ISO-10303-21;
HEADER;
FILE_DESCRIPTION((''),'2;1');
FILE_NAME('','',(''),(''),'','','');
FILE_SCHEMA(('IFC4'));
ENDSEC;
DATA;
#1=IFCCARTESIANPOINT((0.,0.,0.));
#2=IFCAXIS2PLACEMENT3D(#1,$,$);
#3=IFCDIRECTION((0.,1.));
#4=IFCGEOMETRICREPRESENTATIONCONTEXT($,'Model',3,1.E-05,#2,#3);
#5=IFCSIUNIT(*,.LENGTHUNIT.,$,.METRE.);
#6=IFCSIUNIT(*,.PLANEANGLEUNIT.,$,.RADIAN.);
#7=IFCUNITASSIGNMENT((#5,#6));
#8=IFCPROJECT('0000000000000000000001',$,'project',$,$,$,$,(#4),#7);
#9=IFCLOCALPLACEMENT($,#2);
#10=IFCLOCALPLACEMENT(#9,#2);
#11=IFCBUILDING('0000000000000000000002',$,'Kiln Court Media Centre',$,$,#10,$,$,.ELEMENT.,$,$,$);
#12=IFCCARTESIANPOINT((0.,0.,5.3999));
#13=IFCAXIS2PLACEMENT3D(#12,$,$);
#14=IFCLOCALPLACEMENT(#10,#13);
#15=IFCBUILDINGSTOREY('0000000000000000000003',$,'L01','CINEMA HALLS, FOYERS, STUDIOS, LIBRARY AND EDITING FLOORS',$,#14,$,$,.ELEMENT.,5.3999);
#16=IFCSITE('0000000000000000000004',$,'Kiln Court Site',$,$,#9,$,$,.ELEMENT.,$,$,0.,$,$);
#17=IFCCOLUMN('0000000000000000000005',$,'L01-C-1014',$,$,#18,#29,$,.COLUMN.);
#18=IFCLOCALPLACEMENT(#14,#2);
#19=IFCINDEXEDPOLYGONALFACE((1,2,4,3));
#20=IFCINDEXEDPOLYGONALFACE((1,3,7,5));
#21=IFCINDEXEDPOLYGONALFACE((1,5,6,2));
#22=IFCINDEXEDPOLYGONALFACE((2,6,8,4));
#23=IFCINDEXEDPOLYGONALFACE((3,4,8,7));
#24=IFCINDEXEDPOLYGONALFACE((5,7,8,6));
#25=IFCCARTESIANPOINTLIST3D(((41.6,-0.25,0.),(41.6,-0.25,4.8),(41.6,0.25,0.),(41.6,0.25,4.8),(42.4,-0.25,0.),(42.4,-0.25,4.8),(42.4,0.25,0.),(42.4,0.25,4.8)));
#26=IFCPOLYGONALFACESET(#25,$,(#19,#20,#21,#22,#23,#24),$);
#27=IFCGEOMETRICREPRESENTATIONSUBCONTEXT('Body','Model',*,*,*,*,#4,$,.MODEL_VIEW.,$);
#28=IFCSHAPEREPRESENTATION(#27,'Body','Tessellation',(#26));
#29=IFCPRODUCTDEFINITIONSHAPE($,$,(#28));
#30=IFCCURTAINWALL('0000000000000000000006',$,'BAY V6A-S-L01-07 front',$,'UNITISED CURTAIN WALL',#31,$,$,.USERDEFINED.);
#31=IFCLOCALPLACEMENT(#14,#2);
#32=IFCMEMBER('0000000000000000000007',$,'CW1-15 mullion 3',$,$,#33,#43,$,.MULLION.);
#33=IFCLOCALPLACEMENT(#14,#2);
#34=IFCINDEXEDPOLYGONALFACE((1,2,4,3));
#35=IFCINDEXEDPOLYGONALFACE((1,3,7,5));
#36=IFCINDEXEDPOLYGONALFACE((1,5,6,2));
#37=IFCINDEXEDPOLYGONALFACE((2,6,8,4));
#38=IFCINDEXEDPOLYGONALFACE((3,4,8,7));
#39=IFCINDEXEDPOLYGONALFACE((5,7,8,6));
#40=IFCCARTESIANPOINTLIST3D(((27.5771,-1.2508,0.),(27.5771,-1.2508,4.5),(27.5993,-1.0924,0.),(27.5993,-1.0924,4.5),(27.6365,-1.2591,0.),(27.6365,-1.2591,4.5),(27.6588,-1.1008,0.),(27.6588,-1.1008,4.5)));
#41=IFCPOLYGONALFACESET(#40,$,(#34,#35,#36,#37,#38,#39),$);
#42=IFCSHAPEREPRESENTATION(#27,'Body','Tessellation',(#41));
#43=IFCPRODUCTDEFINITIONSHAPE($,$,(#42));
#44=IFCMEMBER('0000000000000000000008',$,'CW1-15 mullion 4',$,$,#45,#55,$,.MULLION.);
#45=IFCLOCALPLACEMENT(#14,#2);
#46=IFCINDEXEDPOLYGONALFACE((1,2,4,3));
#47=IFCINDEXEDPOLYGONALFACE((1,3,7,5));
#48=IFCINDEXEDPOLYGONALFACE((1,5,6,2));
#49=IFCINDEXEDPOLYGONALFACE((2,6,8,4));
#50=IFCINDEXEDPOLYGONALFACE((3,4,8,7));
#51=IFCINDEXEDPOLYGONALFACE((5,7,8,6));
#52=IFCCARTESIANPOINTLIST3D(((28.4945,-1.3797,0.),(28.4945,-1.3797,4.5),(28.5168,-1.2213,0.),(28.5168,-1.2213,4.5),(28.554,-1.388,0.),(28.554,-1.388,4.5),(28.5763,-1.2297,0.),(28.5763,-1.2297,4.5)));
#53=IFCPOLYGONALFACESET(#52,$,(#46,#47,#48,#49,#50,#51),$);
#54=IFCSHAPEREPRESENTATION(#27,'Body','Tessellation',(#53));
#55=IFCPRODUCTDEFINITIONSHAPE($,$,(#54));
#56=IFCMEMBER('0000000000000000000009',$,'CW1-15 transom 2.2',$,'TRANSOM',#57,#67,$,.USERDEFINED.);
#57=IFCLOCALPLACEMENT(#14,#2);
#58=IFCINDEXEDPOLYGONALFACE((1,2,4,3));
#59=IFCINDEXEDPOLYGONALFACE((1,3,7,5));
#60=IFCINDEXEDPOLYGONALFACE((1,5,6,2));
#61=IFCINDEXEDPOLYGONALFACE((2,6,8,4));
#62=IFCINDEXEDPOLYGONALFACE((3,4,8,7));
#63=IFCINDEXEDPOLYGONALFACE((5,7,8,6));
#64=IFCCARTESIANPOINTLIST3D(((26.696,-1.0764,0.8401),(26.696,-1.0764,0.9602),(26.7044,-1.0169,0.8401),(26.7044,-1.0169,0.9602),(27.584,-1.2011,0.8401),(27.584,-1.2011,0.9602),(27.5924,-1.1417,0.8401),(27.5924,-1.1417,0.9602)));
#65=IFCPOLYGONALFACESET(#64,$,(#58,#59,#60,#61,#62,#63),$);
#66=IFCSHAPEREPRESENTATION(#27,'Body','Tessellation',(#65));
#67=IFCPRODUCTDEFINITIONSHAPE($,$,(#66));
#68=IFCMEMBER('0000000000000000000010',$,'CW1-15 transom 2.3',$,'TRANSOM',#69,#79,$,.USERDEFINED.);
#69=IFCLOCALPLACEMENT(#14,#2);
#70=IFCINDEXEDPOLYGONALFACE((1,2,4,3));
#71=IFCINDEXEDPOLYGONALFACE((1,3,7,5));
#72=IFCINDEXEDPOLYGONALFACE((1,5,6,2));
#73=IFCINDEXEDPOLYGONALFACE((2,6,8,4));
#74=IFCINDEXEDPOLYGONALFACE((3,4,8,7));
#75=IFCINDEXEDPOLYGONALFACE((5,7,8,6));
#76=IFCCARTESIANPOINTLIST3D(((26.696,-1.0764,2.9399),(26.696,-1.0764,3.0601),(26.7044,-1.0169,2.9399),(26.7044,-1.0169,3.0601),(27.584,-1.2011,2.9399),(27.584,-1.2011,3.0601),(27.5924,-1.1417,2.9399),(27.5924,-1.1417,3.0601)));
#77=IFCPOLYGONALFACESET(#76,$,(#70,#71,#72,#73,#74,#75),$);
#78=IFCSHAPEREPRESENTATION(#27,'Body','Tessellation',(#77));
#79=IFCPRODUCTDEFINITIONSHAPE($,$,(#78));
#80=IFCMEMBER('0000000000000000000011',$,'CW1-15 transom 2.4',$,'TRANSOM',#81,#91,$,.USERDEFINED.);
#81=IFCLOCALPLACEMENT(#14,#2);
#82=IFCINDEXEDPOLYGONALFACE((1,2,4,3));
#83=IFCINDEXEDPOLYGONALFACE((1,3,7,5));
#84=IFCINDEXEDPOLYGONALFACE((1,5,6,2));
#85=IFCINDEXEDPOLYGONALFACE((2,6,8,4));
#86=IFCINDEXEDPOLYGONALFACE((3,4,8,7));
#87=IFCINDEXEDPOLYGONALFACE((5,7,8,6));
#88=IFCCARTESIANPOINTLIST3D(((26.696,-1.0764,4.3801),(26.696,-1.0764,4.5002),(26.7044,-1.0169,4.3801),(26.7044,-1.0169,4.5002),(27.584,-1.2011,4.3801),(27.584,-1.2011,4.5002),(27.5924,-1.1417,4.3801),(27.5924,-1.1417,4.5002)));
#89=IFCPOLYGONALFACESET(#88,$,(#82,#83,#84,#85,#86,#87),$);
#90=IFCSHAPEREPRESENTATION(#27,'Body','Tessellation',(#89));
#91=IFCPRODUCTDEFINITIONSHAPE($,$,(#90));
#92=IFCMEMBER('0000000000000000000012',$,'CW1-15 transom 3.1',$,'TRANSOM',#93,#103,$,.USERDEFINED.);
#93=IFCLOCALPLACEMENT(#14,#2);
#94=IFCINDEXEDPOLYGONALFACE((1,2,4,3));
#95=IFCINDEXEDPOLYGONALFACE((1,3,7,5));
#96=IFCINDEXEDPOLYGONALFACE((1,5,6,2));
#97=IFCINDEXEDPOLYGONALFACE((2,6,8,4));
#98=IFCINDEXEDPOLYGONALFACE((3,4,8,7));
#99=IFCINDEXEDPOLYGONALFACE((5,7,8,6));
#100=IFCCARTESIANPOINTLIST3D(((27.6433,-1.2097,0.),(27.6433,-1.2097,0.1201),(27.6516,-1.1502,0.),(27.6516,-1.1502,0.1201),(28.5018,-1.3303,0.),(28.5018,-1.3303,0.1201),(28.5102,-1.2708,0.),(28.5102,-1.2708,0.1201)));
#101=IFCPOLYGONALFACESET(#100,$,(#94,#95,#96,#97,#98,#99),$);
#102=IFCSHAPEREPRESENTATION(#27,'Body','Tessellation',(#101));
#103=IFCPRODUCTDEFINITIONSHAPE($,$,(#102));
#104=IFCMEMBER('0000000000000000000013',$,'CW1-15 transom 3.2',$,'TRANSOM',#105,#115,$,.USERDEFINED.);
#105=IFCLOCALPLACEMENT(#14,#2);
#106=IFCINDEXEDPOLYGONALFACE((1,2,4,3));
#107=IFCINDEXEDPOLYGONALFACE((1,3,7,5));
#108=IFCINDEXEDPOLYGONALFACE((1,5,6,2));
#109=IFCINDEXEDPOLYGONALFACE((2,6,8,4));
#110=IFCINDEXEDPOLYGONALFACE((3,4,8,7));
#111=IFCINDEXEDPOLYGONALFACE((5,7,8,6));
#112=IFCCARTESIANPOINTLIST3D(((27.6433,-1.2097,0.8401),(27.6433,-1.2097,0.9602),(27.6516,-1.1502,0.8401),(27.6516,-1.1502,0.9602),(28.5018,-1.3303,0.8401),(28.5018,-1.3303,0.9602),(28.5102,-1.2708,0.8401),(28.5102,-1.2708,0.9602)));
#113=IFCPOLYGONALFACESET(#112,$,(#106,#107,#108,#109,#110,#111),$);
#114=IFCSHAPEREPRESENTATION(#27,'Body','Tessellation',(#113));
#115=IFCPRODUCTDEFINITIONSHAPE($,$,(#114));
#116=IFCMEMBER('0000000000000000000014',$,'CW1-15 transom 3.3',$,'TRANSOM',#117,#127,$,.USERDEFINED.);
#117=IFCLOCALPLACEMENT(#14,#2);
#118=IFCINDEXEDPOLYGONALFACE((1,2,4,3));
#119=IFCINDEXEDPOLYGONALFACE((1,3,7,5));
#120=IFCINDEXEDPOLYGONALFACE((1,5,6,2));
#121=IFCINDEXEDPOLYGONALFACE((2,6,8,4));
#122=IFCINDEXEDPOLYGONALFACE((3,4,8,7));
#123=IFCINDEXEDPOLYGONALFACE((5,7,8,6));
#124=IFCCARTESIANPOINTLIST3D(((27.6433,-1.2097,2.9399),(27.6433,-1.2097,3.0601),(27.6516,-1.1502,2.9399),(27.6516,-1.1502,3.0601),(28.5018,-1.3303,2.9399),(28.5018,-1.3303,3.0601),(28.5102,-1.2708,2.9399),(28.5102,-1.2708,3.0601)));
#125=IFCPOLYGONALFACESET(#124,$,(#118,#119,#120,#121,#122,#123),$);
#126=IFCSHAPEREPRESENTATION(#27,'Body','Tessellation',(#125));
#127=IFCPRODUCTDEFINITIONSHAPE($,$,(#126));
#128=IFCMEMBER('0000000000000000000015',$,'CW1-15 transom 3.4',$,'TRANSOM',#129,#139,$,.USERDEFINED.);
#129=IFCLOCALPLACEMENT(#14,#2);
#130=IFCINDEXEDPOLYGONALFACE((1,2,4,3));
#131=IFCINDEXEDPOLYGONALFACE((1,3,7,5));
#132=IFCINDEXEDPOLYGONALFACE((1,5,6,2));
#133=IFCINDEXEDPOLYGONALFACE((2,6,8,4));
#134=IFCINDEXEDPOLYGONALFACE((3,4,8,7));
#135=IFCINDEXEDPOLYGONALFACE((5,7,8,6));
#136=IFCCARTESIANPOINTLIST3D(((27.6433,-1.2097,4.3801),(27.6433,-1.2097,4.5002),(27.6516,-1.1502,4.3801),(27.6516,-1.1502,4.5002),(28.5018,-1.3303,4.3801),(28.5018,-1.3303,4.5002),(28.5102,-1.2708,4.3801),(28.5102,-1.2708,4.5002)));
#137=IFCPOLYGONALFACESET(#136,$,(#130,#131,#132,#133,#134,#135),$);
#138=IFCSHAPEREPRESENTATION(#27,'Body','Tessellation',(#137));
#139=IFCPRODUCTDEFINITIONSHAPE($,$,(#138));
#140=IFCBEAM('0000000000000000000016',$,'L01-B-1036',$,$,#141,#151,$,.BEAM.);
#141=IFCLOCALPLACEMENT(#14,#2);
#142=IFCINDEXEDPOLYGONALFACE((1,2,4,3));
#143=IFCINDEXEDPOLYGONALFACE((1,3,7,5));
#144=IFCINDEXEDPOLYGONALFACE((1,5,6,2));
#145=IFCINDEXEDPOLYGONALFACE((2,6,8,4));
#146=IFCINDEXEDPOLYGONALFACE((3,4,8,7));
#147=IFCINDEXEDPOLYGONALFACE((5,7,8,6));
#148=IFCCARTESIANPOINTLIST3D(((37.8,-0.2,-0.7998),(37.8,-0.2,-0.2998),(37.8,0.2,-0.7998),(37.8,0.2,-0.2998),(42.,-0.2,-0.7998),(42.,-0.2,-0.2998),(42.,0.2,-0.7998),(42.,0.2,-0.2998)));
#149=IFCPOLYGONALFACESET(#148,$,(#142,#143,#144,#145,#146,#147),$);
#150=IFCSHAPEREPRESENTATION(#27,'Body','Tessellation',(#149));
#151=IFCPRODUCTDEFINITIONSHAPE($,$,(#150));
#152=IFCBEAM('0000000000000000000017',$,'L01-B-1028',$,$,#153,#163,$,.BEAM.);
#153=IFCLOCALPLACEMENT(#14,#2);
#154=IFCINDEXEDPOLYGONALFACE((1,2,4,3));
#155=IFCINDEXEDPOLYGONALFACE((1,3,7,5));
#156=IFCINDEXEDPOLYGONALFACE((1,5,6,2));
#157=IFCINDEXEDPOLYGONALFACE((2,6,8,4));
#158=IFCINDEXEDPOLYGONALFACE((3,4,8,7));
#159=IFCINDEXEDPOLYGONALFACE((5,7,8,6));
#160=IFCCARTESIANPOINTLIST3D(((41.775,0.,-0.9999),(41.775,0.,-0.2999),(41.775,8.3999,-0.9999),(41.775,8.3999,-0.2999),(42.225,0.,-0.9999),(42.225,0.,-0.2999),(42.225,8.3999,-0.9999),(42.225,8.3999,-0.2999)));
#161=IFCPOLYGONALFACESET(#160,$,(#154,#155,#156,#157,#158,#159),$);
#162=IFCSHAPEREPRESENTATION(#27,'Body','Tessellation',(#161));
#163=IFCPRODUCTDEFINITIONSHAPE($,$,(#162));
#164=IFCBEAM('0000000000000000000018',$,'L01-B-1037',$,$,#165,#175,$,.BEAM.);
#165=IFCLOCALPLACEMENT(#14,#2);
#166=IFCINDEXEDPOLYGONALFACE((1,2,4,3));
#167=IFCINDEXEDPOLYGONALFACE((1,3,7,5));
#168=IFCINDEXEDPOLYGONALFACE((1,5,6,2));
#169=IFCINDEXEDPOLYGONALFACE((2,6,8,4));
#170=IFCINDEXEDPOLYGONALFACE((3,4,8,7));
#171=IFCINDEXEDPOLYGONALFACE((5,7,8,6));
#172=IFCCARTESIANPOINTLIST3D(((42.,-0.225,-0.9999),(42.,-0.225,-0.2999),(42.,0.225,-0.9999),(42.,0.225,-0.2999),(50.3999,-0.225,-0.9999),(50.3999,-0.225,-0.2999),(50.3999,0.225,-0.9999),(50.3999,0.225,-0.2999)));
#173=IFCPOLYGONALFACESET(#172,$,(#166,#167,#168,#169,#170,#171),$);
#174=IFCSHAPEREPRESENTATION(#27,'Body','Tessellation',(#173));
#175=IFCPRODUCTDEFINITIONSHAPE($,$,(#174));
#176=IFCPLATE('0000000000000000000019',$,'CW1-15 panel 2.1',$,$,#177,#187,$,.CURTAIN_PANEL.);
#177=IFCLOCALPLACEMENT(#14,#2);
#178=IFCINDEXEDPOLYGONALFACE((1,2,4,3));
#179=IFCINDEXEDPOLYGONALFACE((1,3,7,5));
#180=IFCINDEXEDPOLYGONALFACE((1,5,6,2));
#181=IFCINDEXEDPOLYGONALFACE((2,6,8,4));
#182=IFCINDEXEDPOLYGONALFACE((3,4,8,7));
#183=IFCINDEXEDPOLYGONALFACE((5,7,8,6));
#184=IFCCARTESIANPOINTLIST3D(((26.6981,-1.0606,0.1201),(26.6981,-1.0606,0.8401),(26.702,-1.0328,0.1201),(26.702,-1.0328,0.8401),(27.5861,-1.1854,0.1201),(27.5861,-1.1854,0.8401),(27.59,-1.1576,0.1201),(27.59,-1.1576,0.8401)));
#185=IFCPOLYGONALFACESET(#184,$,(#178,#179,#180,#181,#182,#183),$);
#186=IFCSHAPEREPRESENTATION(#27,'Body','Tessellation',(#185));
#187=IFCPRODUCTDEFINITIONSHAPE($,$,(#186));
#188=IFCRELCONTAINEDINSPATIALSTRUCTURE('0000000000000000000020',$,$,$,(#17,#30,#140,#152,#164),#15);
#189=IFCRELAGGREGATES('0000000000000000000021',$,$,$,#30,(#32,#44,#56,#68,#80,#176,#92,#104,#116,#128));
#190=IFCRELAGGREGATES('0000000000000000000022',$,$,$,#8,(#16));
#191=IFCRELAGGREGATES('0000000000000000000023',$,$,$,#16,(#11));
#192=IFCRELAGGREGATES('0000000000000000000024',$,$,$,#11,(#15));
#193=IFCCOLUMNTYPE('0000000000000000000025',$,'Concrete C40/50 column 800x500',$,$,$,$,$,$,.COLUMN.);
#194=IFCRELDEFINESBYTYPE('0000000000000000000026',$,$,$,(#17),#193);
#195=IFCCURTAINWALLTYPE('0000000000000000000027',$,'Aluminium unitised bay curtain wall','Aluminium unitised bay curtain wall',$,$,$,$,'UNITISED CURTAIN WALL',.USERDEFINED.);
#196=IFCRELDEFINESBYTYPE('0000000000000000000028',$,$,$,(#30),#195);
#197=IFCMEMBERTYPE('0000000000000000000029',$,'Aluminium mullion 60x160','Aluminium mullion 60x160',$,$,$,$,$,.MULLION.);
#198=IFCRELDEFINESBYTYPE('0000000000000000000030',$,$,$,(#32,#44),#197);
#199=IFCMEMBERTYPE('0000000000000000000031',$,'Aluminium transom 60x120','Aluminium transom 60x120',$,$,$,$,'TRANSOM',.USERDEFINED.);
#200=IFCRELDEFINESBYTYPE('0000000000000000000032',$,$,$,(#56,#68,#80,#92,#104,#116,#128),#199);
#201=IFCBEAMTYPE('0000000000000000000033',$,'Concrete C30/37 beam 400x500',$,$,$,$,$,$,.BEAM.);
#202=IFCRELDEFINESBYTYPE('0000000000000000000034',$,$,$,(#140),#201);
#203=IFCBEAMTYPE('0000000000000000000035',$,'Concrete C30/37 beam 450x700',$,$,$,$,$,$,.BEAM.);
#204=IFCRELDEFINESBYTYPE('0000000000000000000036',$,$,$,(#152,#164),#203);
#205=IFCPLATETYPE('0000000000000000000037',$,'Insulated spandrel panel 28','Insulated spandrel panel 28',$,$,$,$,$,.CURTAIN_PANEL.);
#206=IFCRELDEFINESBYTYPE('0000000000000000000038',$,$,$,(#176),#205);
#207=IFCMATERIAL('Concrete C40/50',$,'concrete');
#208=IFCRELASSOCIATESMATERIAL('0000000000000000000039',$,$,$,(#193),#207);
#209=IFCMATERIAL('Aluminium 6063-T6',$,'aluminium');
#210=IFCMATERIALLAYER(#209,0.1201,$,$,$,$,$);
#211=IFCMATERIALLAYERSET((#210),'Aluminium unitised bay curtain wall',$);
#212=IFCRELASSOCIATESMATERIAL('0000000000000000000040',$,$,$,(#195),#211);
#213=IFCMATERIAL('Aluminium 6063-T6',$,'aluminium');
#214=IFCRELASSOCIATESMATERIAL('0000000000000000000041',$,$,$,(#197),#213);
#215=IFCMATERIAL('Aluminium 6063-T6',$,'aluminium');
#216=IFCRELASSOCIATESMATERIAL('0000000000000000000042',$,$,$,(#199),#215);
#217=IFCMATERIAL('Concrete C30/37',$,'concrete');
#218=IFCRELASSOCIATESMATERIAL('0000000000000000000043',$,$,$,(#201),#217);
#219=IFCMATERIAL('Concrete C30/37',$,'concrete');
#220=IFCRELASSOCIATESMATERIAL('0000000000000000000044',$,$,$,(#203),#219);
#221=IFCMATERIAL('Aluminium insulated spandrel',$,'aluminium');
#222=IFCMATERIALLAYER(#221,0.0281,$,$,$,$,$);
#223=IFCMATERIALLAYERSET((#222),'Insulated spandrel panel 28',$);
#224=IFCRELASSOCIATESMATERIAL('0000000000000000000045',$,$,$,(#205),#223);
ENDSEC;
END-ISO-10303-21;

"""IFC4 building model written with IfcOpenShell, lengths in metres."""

from ifc_helpers import new_model, si_unit, direction, frame, origin, origin_2d, place, context, subcontext, project, spatial, rectangle, extrude, material, layer, layer_set, material_profile, profile_set, type_object, element, aggregate, save


model = new_model("IFC4")

# Units and contexts
model_context = context("Model", 3, precision=1e-05, world=origin(), true_north=direction((0.0, 1.0)))
body_context = subcontext(model_context, "Body", "Model", "MODEL_VIEW")
ifc_project = project(units=[si_unit("LENGTHUNIT", "METRE"), si_unit("PLANEANGLEUNIT", "RADIAN")], contexts=[model_context])

# Site, building, storey
site_placement = place(None, origin())
site = spatial("IfcSite", under=ifc_project, at=site_placement, Name="Kiln Court Site", CompositionType="ELEMENT", RefElevation=0.0)
building_placement = place(site_placement, origin())
building = spatial("IfcBuilding", under=site, at=building_placement, Name="Kiln Court Media Centre", CompositionType="ELEMENT")
storey_placement = place(building_placement, frame((0.0, 0.0, 5.3999)))
storey = spatial("IfcBuildingStorey", under=building, at=storey_placement, Name="L01", Description="CINEMA HALLS, FOYERS, STUDIOS, LIBRARY AND EDITING FLOORS", CompositionType="ELEMENT", Elevation=5.3999)

# Column
ifc_material_1 = material(Name="Concrete C40/50", Category="concrete")
ifc_material_profile_1 = material_profile(ifc_material_1, rectangle(XDim=0.8, YDim=0.5, at=origin_2d()), Name="RC 800x500")
ifc_profile_set_1 = profile_set([ifc_material_profile_1], Name="Concrete C40/50")
column_type = type_object("IfcColumnType", Name="Concrete C40/50 column 800x500", PredefinedType="COLUMN", material=ifc_profile_set_1)
column_placement = place(storey_placement, frame((42.0, 0.0, 0.0), z_axis=(0.0, 0.0, 1.0), x_axis=(1.0, 0.0, 0.0)))
element("IfcColumn", 1, at=column_placement, inside=storey, type_object=column_type, Name="L01-C-1014", PredefinedType="COLUMN", context=body_context, shape_type="SweptSolid", body=[
    extrude(rectangle(XDim=0.8, YDim=0.5, at=origin_2d()), origin(), (0.0, 0.0, 1.0), 4.8),
])

# Curtain wall, members
ifc_material_2 = material(Name="Aluminium 6063-T6", Category="aluminium")
ifc_layer_1 = layer(ifc_material_2, 0.1201)
ifc_layer_set_1 = layer_set([ifc_layer_1], Name="Aluminium unitised bay curtain wall")
curtain_wall_type = type_object("IfcCurtainWallType", Name="Aluminium unitised bay curtain wall", Description="Aluminium unitised bay curtain wall", ElementType="UNITISED CURTAIN WALL", PredefinedType="USERDEFINED", material=ifc_layer_set_1)
curtain_wall_placement = place(storey_placement, origin())
curtain_wall = element("IfcCurtainWall", 2, at=curtain_wall_placement, inside=storey, type_object=curtain_wall_type, Name="BAY V6A-S-L01-07 front", ObjectType="UNITISED CURTAIN WALL", PredefinedType="USERDEFINED")
ifc_material_3 = material(Name="Aluminium 6063-T6", Category="aluminium")
ifc_material_profile_2 = material_profile(ifc_material_3, rectangle(XDim=0.0601, YDim=0.1599, at=origin_2d()), Name="Aluminium mullion 60x160")
ifc_profile_set_2 = profile_set([ifc_material_profile_2], Name="Aluminium 6063-T6")
member_type_1 = type_object("IfcMemberType", Name="Aluminium mullion 60x160", Description="Aluminium mullion 60x160", PredefinedType="MULLION", material=ifc_profile_set_2)
member_1_placement = place(storey_placement, frame((27.6179, -1.1758, 0.0), z_axis=(0.0, 0.0, 1.0), x_axis=(0.99027, -0.139162, 0.0)))
member_1 = element("IfcMember", 3, at=member_1_placement, type_object=member_type_1, Name="CW1-15 mullion 3", PredefinedType="MULLION", context=body_context, shape_type="SweptSolid", body=[
    extrude(rectangle(XDim=0.0601, YDim=0.1599, at=origin_2d()), origin(), (0.0, 0.0, 1.0), 4.5),
])
member_2_placement = place(storey_placement, frame((28.5354, -1.3047, 0.0), z_axis=(0.0, 0.0, 1.0), x_axis=(0.99027, -0.139162, 0.0)))
member_2 = element("IfcMember", 4, at=member_2_placement, type_object=member_type_1, Name="CW1-15 mullion 4", PredefinedType="MULLION", context=body_context, shape_type="SweptSolid", body=[
    extrude(rectangle(XDim=0.0601, YDim=0.1599, at=origin_2d()), origin(), (0.0, 0.0, 1.0), 4.5),
])
ifc_material_4 = material(Name="Aluminium 6063-T6", Category="aluminium")
ifc_material_profile_3 = material_profile(ifc_material_4, rectangle(XDim=0.0601, YDim=0.1201, at=origin_2d()), Name="Aluminium transom 60x120")
ifc_profile_set_3 = profile_set([ifc_material_profile_3], Name="Aluminium 6063-T6")
member_type_2 = type_object("IfcMemberType", Name="Aluminium transom 60x120", Description="Aluminium transom 60x120", ElementType="TRANSOM", PredefinedType="USERDEFINED", material=ifc_profile_set_3)
member_3_placement = place(storey_placement, frame((26.7002, -1.0466, 0.9001), z_axis=(0.990274, -0.139134, 0.0), x_axis=(0.139134, 0.990274, 0.0)))
member_3 = element("IfcMember", 5, at=member_3_placement, type_object=member_type_2, Name="CW1-15 transom 2.2", ObjectType="TRANSOM", PredefinedType="USERDEFINED", context=body_context, shape_type="SweptSolid", body=[
    extrude(rectangle(XDim=0.0601, YDim=0.1201, at=origin_2d()), origin(), (0.0, 0.0, 1.0), 0.8967),
])
member_4_placement = place(storey_placement, frame((26.7002, -1.0466, 3.0), z_axis=(0.990274, -0.139134, 0.0), x_axis=(0.139134, 0.990274, 0.0)))
member_4 = element("IfcMember", 6, at=member_4_placement, type_object=member_type_2, Name="CW1-15 transom 2.3", ObjectType="TRANSOM", PredefinedType="USERDEFINED", context=body_context, shape_type="SweptSolid", body=[
    extrude(rectangle(XDim=0.0601, YDim=0.1201, at=origin_2d()), origin(), (0.0, 0.0, 1.0), 0.8967),
])
member_5_placement = place(storey_placement, frame((26.7002, -1.0466, 4.4402), z_axis=(0.990274, -0.139134, 0.0), x_axis=(0.139134, 0.990274, 0.0)))
member_5 = element("IfcMember", 7, at=member_5_placement, type_object=member_type_2, Name="CW1-15 transom 2.4", ObjectType="TRANSOM", PredefinedType="USERDEFINED", context=body_context, shape_type="SweptSolid", body=[
    extrude(rectangle(XDim=0.0601, YDim=0.1201, at=origin_2d()), origin(), (0.0, 0.0, 1.0), 0.8967),
])
member_6_placement = place(storey_placement, frame((27.6475, -1.1799, 0.0601), z_axis=(0.990274, -0.139134, 0.0), x_axis=(0.139134, 0.990274, 0.0)))
member_6 = element("IfcMember", 8, at=member_6_placement, type_object=member_type_2, Name="CW1-15 transom 3.1", ObjectType="TRANSOM", PredefinedType="USERDEFINED", context=body_context, shape_type="SweptSolid", body=[
    extrude(rectangle(XDim=0.0601, YDim=0.1201, at=origin_2d()), origin(), (0.0, 0.0, 1.0), 0.8669),
])
member_7_placement = place(storey_placement, frame((27.6475, -1.1799, 0.9001), z_axis=(0.990274, -0.139134, 0.0), x_axis=(0.139134, 0.990274, 0.0)))
member_7 = element("IfcMember", 9, at=member_7_placement, type_object=member_type_2, Name="CW1-15 transom 3.2", ObjectType="TRANSOM", PredefinedType="USERDEFINED", context=body_context, shape_type="SweptSolid", body=[
    extrude(rectangle(XDim=0.0601, YDim=0.1201, at=origin_2d()), origin(), (0.0, 0.0, 1.0), 0.8669),
])
member_8_placement = place(storey_placement, frame((27.6475, -1.1799, 3.0), z_axis=(0.990274, -0.139134, 0.0), x_axis=(0.139134, 0.990274, 0.0)))
member_8 = element("IfcMember", 10, at=member_8_placement, type_object=member_type_2, Name="CW1-15 transom 3.3", ObjectType="TRANSOM", PredefinedType="USERDEFINED", context=body_context, shape_type="SweptSolid", body=[
    extrude(rectangle(XDim=0.0601, YDim=0.1201, at=origin_2d()), origin(), (0.0, 0.0, 1.0), 0.8669),
])
member_9_placement = place(storey_placement, frame((27.6475, -1.1799, 4.4402), z_axis=(0.990274, -0.139134, 0.0), x_axis=(0.139134, 0.990274, 0.0)))
member_9 = element("IfcMember", 11, at=member_9_placement, type_object=member_type_2, Name="CW1-15 transom 3.4", ObjectType="TRANSOM", PredefinedType="USERDEFINED", context=body_context, shape_type="SweptSolid", body=[
    extrude(rectangle(XDim=0.0601, YDim=0.1201, at=origin_2d()), origin(), (0.0, 0.0, 1.0), 0.8669),
])

# Beams
ifc_material_5 = material(Name="Concrete C30/37", Category="concrete")
ifc_material_profile_4 = material_profile(ifc_material_5, rectangle(XDim=0.3999, YDim=0.5, at=origin_2d()), Name="RC 400x500")
ifc_profile_set_4 = profile_set([ifc_material_profile_4], Name="Concrete C30/37")
beam_type_1 = type_object("IfcBeamType", Name="Concrete C30/37 beam 400x500", PredefinedType="BEAM", material=ifc_profile_set_4)
beam_placement = place(storey_placement, frame((37.8, 0.0, -0.5498), z_axis=(1.0, 0.0, 0.0), x_axis=(0.0, 1.0, 0.0)))
element("IfcBeam", 12, at=beam_placement, inside=storey, type_object=beam_type_1, Name="L01-B-1036", PredefinedType="BEAM", context=body_context, shape_type="SweptSolid", body=[
    extrude(rectangle(XDim=0.3999, YDim=0.5, at=origin_2d()), origin(), (0.0, 0.0, 1.0), 4.2),
])
ifc_material_6 = material(Name="Concrete C30/37", Category="concrete")
ifc_material_profile_5 = material_profile(ifc_material_6, rectangle(XDim=0.45, YDim=0.7, at=origin_2d()), Name="RC 450x700")
ifc_profile_set_5 = profile_set([ifc_material_profile_5], Name="Concrete C30/37")
beam_type_2 = type_object("IfcBeamType", Name="Concrete C30/37 beam 450x700", PredefinedType="BEAM", material=ifc_profile_set_5)
for number, where, z_axis, x_axis, name in (
    (13, (42.0, 0.0, -0.6499), (0.0, 1.0, 0.0), (-1.0, 0.0, 0.0), "L01-B-1028"),
    (14, (42.0, 0.0, -0.6499), (1.0, 0.0, 0.0), (0.0, 1.0, 0.0), "L01-B-1037"),
):
    element("IfcBeam", number, at=place(storey_placement, frame(where, z_axis=z_axis, x_axis=x_axis)), inside=storey, type_object=beam_type_2, Name=name, PredefinedType="BEAM", context=body_context, shape_type="SweptSolid", body=[
        extrude(rectangle(XDim=0.45, YDim=0.7, at=origin_2d()), origin(), (0.0, 0.0, 1.0), 8.3999),
    ])

# Plate
ifc_material_7 = material(Name="Aluminium insulated spandrel", Category="aluminium")
ifc_layer_2 = layer(ifc_material_7, 0.0281)
ifc_layer_set_2 = layer_set([ifc_layer_2], Name="Insulated spandrel panel 28")
plate_type_1 = type_object("IfcPlateType", Name="Insulated spandrel panel 28", Description="Insulated spandrel panel 28", PredefinedType="CURTAIN_PANEL", material=ifc_layer_set_2)
plate_1_placement = place(storey_placement, frame((27.144, -1.1091, 0.1201), z_axis=(0.0, 0.0, 1.0), x_axis=(0.99027, -0.139162, 0.0)))
plate_1 = element("IfcPlate", 15, at=plate_1_placement, type_object=plate_type_1, Name="CW1-15 panel 2.1", PredefinedType="CURTAIN_PANEL", context=body_context, shape_type="SweptSolid", body=[
    extrude(rectangle(XDim=0.8967, YDim=0.0281, at=origin_2d()), origin(), (0.0, 0.0, 1.0), 0.72),
])
aggregate(curtain_wall, [member_1, member_2, member_3, member_4, member_5, plate_1, member_6, member_7, member_8, member_9])

save(model, "model.ifc")
